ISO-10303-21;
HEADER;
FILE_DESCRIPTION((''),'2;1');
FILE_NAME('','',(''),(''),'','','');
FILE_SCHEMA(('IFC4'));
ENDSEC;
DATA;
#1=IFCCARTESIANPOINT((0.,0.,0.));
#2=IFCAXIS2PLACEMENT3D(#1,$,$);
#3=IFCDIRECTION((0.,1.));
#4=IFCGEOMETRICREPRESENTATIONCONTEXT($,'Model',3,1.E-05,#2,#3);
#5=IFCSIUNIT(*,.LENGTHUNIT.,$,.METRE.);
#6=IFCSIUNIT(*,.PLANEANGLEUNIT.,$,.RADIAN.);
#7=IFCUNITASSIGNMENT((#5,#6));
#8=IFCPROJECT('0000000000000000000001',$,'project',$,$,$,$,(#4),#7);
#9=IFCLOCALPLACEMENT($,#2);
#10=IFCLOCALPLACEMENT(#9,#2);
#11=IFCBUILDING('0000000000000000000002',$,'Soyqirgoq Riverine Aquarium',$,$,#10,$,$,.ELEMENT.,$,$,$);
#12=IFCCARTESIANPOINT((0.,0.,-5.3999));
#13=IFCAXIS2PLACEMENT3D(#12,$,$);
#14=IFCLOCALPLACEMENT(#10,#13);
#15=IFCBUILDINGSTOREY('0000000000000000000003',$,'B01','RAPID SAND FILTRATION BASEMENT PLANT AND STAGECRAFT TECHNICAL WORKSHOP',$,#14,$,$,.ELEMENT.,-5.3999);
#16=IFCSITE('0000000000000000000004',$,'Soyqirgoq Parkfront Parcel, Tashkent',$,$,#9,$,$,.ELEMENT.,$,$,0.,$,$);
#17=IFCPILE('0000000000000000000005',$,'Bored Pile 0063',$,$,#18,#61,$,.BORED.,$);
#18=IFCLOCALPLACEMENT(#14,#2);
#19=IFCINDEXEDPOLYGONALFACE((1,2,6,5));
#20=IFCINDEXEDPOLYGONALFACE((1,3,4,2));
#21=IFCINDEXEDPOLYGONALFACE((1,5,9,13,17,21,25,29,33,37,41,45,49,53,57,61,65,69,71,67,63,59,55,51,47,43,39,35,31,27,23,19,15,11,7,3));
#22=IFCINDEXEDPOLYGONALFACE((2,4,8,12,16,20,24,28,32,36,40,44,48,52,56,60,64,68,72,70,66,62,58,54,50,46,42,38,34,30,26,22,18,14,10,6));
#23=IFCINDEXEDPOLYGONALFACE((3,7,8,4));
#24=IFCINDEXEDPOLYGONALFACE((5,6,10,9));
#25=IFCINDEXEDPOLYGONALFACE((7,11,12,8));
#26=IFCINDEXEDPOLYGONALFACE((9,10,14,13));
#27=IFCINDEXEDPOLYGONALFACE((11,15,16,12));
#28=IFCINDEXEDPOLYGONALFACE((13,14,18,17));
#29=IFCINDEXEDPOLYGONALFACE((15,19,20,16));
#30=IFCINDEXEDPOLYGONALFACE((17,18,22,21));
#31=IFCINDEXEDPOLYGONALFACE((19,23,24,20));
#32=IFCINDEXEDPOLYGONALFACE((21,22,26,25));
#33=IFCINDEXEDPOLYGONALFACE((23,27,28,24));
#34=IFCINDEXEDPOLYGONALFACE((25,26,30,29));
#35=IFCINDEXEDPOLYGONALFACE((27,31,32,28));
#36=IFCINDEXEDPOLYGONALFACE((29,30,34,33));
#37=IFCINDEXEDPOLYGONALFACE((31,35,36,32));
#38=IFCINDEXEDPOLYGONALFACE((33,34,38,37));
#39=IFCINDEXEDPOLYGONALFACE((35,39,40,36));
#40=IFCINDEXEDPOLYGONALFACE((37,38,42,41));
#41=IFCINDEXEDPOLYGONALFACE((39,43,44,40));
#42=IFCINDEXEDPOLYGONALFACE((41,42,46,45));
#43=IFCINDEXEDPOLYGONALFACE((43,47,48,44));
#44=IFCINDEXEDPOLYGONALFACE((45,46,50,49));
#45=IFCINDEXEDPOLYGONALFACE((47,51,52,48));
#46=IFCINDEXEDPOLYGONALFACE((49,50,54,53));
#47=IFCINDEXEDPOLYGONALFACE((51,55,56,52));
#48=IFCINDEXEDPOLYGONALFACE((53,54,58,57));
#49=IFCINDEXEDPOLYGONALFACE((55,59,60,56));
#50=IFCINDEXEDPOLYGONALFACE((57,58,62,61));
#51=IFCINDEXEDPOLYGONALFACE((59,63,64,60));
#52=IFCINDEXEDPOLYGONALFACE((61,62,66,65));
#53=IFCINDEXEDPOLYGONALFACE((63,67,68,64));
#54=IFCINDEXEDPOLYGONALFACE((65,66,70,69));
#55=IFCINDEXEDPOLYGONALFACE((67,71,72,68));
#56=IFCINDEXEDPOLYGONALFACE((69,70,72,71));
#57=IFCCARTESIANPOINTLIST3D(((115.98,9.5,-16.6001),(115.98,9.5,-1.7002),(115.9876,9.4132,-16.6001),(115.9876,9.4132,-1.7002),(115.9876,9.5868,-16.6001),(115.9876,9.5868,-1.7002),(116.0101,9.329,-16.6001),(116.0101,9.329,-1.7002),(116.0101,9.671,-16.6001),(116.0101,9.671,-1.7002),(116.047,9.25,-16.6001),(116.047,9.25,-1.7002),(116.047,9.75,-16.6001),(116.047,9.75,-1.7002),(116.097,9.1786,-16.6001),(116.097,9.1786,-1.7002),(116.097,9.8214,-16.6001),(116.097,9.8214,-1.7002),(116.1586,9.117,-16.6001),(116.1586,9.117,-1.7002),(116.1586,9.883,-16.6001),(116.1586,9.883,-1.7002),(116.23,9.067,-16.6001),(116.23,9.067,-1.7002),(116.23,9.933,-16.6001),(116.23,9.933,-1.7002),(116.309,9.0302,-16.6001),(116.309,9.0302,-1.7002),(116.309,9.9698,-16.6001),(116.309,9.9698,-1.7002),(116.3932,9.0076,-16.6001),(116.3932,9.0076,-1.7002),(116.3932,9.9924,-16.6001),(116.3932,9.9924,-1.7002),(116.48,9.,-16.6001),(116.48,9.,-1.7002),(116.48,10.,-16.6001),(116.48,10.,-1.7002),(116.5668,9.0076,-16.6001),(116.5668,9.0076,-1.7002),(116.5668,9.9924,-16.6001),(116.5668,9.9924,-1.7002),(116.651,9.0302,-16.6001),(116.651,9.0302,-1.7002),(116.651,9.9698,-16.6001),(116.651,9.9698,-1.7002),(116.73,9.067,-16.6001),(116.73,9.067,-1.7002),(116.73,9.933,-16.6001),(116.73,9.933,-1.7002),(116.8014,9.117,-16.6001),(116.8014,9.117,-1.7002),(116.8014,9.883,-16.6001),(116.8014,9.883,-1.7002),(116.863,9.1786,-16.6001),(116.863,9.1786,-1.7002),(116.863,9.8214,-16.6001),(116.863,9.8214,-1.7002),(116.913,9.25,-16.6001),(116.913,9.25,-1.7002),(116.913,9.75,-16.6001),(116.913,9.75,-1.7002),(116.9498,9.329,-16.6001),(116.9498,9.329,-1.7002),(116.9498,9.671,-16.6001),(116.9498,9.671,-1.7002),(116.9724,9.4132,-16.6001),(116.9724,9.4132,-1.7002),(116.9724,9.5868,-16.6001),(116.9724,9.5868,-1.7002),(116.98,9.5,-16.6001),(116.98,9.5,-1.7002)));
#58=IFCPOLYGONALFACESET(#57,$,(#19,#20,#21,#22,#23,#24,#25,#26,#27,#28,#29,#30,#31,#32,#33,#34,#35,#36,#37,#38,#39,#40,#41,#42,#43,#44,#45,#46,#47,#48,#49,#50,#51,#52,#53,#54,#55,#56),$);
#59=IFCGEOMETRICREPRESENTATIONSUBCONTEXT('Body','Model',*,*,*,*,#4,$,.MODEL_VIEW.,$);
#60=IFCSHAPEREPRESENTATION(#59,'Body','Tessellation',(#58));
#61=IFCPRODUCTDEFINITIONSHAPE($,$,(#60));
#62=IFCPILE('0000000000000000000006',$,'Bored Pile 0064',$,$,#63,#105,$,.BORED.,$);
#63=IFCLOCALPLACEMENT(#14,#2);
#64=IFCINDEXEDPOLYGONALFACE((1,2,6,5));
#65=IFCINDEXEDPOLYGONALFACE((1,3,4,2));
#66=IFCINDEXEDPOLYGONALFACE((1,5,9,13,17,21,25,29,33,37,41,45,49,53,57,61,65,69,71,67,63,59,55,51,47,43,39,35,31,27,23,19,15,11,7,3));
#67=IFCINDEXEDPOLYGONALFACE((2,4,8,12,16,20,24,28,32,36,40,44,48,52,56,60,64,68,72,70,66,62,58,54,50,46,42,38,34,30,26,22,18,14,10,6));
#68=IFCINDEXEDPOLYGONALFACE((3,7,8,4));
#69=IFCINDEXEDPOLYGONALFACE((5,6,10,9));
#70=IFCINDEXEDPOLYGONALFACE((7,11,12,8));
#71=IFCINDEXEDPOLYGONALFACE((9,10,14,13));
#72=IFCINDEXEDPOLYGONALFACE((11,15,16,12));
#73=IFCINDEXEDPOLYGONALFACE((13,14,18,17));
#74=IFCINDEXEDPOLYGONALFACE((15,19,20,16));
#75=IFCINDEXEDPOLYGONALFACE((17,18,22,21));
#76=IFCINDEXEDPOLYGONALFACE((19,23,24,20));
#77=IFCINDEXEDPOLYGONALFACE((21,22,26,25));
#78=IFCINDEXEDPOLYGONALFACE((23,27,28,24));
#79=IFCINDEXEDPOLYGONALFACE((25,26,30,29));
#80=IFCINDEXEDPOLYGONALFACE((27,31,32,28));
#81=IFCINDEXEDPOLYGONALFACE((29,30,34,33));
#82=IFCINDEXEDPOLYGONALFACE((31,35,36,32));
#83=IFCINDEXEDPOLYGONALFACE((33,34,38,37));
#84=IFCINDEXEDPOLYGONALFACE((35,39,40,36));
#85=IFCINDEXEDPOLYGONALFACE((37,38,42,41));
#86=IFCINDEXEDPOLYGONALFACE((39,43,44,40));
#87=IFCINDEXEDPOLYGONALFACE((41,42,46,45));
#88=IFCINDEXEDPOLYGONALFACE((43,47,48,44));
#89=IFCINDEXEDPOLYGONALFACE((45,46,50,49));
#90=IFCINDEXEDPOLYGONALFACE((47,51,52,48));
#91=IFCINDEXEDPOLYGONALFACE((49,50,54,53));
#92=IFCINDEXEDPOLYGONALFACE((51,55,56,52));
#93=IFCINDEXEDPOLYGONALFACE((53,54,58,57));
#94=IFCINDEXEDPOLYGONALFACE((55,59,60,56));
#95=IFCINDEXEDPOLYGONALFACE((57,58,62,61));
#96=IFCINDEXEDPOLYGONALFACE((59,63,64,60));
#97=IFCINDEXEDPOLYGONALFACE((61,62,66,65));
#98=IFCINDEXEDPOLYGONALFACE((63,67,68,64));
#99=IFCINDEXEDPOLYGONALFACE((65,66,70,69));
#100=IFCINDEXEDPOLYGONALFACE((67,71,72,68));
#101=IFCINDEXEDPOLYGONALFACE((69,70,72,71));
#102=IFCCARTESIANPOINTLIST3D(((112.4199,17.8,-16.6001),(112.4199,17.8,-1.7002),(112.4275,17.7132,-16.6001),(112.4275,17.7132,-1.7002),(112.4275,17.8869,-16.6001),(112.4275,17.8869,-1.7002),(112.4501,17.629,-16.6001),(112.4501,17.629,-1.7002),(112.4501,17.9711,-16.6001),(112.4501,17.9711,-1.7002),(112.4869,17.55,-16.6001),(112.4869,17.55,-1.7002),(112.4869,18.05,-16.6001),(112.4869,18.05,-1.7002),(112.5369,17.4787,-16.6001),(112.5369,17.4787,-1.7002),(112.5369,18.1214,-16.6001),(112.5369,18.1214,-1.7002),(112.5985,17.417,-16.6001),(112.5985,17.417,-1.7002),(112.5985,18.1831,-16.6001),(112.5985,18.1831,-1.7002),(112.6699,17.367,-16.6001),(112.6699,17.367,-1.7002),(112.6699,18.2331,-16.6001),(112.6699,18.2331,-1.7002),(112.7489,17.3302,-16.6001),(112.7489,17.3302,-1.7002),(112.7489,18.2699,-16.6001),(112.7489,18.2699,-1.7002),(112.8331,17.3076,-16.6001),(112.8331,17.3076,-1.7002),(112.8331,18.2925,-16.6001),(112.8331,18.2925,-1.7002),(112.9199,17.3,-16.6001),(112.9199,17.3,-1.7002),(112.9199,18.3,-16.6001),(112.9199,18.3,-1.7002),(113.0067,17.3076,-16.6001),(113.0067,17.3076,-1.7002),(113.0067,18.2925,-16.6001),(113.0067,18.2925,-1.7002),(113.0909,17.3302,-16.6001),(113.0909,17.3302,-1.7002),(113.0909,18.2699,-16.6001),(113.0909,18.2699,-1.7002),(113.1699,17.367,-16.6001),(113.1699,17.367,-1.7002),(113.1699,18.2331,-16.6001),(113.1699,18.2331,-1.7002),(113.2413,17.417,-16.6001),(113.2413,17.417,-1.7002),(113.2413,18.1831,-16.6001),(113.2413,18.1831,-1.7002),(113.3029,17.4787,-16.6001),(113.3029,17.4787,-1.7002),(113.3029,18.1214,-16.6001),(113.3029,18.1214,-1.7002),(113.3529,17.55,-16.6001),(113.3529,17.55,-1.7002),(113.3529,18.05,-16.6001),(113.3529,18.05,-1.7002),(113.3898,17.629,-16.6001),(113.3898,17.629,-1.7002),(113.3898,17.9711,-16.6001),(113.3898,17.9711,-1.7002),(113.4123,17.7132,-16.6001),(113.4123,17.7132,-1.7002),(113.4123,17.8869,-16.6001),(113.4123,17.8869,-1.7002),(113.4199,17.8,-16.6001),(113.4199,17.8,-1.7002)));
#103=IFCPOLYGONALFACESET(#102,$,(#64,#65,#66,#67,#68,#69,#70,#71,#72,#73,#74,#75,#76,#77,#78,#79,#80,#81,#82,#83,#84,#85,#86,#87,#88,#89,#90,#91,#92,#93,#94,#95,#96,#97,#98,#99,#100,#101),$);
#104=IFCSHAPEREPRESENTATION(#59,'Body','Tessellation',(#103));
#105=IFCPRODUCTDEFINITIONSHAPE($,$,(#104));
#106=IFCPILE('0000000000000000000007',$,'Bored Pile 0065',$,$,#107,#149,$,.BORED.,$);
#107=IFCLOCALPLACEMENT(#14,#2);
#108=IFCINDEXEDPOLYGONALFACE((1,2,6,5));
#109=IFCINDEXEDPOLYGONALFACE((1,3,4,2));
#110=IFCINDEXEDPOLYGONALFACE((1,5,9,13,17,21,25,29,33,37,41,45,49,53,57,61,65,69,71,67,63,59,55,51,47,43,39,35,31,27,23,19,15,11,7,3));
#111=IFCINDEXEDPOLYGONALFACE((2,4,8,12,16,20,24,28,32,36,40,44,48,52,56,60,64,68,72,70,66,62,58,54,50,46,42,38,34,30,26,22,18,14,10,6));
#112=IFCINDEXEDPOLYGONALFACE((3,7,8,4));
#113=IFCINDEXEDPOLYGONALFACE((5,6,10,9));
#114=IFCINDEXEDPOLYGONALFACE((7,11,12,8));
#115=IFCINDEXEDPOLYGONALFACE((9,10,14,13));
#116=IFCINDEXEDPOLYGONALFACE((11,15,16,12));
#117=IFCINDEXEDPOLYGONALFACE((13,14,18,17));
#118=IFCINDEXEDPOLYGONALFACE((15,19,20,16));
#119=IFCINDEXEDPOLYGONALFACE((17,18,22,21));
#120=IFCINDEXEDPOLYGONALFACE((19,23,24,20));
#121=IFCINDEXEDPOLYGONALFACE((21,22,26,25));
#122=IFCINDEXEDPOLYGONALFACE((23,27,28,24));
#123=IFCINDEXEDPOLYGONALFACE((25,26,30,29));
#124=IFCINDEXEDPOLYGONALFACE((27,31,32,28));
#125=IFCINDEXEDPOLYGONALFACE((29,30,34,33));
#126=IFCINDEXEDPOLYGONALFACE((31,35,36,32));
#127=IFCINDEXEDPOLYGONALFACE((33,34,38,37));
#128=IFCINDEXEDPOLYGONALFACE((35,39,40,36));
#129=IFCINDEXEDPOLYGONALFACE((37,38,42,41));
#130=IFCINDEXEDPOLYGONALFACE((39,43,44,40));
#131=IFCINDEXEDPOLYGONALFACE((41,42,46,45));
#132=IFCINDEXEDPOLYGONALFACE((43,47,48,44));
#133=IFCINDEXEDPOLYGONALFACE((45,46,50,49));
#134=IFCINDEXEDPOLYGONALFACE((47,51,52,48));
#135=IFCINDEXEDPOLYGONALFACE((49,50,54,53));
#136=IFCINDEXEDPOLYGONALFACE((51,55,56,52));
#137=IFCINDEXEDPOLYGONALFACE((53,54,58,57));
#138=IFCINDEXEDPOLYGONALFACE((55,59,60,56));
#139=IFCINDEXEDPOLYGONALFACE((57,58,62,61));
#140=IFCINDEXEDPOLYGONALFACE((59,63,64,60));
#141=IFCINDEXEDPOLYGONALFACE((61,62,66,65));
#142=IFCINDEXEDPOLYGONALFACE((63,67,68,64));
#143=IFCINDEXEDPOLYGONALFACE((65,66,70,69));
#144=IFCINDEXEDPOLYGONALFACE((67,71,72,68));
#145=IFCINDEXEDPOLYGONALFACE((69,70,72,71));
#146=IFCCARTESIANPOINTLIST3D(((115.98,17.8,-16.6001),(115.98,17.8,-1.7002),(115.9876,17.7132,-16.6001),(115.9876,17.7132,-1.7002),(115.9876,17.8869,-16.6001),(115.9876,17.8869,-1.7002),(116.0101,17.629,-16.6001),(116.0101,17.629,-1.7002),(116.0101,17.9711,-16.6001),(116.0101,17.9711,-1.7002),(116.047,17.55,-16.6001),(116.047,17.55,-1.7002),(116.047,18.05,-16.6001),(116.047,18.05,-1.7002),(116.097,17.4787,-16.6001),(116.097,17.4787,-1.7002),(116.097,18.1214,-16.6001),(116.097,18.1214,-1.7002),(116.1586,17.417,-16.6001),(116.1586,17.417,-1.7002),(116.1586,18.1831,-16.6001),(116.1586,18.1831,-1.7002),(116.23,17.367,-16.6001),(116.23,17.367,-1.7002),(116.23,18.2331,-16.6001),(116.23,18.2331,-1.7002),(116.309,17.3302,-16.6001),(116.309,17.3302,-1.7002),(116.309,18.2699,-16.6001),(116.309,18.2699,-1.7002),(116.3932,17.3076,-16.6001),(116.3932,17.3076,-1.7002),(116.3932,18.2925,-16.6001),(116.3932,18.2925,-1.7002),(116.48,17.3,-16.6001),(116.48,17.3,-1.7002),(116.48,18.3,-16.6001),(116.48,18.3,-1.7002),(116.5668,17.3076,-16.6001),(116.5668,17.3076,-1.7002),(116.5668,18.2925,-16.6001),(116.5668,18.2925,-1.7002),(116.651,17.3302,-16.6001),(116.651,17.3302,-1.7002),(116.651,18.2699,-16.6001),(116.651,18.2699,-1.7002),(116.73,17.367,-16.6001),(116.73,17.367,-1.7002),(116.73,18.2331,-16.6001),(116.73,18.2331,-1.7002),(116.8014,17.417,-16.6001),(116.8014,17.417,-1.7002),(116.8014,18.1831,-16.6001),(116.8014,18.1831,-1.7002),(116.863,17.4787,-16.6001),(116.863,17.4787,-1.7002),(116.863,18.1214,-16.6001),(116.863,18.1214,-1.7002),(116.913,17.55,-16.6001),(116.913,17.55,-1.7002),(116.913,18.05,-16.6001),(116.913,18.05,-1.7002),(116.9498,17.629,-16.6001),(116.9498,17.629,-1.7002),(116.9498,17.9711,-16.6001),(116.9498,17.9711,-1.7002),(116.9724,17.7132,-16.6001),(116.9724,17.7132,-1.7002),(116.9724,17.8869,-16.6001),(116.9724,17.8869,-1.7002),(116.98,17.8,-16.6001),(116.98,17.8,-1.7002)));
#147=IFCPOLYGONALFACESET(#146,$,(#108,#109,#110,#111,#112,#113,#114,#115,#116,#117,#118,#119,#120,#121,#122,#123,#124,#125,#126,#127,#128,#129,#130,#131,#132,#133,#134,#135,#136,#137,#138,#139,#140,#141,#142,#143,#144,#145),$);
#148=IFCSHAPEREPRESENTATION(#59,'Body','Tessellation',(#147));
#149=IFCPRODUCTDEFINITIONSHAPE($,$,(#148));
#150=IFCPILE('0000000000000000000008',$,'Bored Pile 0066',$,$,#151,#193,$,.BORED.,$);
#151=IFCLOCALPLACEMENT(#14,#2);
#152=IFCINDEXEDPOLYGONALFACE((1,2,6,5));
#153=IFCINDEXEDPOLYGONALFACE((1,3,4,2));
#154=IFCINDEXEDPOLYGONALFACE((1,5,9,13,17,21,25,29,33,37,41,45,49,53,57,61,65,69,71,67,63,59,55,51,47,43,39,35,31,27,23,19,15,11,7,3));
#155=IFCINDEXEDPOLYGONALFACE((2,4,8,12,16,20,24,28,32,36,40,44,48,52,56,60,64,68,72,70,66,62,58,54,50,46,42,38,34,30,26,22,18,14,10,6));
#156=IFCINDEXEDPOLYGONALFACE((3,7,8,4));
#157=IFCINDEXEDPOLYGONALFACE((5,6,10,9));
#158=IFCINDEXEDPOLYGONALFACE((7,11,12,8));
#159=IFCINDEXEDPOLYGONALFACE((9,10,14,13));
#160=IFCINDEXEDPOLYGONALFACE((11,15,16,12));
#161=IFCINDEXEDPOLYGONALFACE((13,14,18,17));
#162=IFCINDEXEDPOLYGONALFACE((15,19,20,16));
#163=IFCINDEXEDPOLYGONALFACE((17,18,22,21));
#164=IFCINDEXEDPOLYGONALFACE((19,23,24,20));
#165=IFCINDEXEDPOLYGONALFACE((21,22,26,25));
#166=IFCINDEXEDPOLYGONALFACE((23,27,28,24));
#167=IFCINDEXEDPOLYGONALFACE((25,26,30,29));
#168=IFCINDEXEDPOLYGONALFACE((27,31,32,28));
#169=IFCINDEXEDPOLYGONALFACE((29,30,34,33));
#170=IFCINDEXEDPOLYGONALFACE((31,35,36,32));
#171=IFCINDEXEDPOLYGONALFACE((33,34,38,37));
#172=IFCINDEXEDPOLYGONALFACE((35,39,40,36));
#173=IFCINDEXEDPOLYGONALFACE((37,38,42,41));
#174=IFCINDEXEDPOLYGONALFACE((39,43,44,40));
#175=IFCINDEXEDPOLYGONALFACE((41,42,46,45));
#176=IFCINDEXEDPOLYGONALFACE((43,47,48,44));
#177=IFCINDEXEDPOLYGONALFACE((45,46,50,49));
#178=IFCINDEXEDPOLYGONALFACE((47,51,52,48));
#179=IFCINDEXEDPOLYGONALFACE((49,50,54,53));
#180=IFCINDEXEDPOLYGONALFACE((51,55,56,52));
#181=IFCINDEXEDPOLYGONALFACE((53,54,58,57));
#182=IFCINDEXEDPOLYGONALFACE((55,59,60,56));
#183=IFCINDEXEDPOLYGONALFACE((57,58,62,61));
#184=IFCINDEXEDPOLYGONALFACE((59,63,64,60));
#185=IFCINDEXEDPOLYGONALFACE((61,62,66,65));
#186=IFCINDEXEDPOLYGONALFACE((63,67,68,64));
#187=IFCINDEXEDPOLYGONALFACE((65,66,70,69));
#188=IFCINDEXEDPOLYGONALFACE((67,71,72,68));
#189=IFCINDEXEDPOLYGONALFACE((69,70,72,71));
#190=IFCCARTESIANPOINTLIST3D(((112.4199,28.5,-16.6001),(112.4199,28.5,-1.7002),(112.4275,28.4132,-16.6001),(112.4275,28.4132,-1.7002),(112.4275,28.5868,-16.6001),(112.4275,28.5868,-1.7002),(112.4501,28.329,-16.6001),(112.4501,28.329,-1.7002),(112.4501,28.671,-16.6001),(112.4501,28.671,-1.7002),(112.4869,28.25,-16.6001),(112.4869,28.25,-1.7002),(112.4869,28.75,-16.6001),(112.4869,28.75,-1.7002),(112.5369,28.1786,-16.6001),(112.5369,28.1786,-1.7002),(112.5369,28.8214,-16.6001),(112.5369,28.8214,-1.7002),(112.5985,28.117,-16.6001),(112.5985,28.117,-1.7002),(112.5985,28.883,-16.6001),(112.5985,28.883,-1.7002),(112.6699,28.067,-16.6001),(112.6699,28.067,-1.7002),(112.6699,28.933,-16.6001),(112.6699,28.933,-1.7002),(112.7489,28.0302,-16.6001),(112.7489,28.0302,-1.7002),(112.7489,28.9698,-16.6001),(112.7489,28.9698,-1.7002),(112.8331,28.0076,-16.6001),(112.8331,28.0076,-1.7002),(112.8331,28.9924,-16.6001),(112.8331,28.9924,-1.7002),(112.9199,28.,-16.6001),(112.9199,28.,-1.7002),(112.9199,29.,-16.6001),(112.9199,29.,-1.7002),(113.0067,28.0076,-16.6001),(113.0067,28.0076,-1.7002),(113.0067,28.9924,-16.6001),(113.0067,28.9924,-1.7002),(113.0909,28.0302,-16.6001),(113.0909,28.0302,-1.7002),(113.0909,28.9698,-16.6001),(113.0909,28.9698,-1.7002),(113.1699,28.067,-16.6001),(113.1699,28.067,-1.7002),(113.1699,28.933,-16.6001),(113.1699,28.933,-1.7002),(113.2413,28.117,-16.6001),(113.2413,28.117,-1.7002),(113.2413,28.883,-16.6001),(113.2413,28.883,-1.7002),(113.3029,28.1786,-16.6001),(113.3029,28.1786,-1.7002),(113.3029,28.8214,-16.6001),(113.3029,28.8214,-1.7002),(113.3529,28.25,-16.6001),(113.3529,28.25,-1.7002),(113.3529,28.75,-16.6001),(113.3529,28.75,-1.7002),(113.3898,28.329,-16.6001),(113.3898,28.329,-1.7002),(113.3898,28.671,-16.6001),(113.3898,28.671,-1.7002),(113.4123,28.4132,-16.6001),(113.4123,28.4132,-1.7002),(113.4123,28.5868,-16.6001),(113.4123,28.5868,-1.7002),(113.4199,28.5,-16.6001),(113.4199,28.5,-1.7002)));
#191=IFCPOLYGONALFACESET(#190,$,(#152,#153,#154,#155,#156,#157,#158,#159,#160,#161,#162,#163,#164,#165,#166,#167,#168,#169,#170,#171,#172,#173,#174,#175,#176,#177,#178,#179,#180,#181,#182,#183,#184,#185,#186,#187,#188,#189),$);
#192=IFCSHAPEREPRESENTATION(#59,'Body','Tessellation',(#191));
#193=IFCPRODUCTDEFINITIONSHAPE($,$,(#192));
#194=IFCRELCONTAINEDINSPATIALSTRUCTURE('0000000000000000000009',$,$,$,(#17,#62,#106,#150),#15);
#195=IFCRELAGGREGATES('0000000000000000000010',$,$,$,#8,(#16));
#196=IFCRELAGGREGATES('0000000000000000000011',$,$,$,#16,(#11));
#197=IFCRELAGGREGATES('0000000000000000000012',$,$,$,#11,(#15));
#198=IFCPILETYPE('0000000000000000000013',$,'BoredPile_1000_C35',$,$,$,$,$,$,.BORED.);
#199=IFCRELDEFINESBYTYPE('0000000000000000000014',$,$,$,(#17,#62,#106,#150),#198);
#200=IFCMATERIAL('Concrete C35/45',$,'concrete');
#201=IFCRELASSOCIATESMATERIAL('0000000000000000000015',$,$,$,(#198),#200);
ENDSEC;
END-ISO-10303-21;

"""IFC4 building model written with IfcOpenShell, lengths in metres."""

from ifc_helpers import new_model, si_unit, direction, frame, origin, origin_2d, place, context, subcontext, project, spatial, circle, extrude, material, material_profile, profile_set, type_object, element, save


model = new_model("IFC4")

# Units and contexts
model_context = context("Model", 3, precision=1e-05, world=origin(), true_north=direction((0.0, 1.0)))
body_context = subcontext(model_context, "Body", "Model", "MODEL_VIEW")
ifc_project = project(units=[si_unit("LENGTHUNIT", "METRE"), si_unit("PLANEANGLEUNIT", "RADIAN")], contexts=[model_context])

# Site, building, storey
site_placement = place(None, origin())
site = spatial("IfcSite", under=ifc_project, at=site_placement, Name="Soyqirgoq Parkfront Parcel, Tashkent", CompositionType="ELEMENT", RefElevation=0.0)
building_placement = place(site_placement, origin())
building = spatial("IfcBuilding", under=site, at=building_placement, Name="Soyqirgoq Riverine Aquarium", CompositionType="ELEMENT")
storey_placement = place(building_placement, frame((0.0, 0.0, -5.3999)))
storey = spatial("IfcBuildingStorey", under=building, at=storey_placement, Name="B01", Description="RAPID SAND FILTRATION BASEMENT PLANT AND STAGECRAFT TECHNICAL WORKSHOP", CompositionType="ELEMENT", Elevation=-5.3999)

# Piles
ifc_material_1 = material(Name="Concrete C35/45", Category="concrete")
ifc_material_profile_1 = material_profile(ifc_material_1, circle(Radius=0.5, at=origin_2d()), Name="BP D1000")
ifc_profile_set_1 = profile_set([ifc_material_profile_1], Name="Concrete C35/45")
pile_type_1 = type_object("IfcPileType", Name="BoredPile_1000_C35", PredefinedType="BORED", material=ifc_profile_set_1)
for number, where, z_axis, x_axis, name in (
    (1, (116.48, 9.5, -1.7002), (0.0, 0.0, -1.0), (1.0, 0.0, 0.0), "Bored Pile 0063"),
    (2, (112.9199, 17.8, -1.7002), (0.0, 0.0, -1.0), (1.0, 0.0, 0.0), "Bored Pile 0064"),
    (3, (116.48, 17.8, -1.7002), (0.0, 0.0, -1.0), (1.0, 0.0, 0.0), "Bored Pile 0065"),
    (4, (112.9199, 28.5, -1.7002), (0.0, 0.0, -1.0), (1.0, 0.0, 0.0), "Bored Pile 0066"),
):
    element("IfcPile", number, at=place(storey_placement, frame(where, z_axis=z_axis, x_axis=x_axis)), inside=storey, type_object=pile_type_1, Name=name, PredefinedType="BORED", context=body_context, shape_type="SweptSolid", body=[
        extrude(circle(Radius=0.5, at=origin_2d()), origin(), (0.0, 0.0, 1.0), 14.8999),
    ])

save(model, "model.ifc")
